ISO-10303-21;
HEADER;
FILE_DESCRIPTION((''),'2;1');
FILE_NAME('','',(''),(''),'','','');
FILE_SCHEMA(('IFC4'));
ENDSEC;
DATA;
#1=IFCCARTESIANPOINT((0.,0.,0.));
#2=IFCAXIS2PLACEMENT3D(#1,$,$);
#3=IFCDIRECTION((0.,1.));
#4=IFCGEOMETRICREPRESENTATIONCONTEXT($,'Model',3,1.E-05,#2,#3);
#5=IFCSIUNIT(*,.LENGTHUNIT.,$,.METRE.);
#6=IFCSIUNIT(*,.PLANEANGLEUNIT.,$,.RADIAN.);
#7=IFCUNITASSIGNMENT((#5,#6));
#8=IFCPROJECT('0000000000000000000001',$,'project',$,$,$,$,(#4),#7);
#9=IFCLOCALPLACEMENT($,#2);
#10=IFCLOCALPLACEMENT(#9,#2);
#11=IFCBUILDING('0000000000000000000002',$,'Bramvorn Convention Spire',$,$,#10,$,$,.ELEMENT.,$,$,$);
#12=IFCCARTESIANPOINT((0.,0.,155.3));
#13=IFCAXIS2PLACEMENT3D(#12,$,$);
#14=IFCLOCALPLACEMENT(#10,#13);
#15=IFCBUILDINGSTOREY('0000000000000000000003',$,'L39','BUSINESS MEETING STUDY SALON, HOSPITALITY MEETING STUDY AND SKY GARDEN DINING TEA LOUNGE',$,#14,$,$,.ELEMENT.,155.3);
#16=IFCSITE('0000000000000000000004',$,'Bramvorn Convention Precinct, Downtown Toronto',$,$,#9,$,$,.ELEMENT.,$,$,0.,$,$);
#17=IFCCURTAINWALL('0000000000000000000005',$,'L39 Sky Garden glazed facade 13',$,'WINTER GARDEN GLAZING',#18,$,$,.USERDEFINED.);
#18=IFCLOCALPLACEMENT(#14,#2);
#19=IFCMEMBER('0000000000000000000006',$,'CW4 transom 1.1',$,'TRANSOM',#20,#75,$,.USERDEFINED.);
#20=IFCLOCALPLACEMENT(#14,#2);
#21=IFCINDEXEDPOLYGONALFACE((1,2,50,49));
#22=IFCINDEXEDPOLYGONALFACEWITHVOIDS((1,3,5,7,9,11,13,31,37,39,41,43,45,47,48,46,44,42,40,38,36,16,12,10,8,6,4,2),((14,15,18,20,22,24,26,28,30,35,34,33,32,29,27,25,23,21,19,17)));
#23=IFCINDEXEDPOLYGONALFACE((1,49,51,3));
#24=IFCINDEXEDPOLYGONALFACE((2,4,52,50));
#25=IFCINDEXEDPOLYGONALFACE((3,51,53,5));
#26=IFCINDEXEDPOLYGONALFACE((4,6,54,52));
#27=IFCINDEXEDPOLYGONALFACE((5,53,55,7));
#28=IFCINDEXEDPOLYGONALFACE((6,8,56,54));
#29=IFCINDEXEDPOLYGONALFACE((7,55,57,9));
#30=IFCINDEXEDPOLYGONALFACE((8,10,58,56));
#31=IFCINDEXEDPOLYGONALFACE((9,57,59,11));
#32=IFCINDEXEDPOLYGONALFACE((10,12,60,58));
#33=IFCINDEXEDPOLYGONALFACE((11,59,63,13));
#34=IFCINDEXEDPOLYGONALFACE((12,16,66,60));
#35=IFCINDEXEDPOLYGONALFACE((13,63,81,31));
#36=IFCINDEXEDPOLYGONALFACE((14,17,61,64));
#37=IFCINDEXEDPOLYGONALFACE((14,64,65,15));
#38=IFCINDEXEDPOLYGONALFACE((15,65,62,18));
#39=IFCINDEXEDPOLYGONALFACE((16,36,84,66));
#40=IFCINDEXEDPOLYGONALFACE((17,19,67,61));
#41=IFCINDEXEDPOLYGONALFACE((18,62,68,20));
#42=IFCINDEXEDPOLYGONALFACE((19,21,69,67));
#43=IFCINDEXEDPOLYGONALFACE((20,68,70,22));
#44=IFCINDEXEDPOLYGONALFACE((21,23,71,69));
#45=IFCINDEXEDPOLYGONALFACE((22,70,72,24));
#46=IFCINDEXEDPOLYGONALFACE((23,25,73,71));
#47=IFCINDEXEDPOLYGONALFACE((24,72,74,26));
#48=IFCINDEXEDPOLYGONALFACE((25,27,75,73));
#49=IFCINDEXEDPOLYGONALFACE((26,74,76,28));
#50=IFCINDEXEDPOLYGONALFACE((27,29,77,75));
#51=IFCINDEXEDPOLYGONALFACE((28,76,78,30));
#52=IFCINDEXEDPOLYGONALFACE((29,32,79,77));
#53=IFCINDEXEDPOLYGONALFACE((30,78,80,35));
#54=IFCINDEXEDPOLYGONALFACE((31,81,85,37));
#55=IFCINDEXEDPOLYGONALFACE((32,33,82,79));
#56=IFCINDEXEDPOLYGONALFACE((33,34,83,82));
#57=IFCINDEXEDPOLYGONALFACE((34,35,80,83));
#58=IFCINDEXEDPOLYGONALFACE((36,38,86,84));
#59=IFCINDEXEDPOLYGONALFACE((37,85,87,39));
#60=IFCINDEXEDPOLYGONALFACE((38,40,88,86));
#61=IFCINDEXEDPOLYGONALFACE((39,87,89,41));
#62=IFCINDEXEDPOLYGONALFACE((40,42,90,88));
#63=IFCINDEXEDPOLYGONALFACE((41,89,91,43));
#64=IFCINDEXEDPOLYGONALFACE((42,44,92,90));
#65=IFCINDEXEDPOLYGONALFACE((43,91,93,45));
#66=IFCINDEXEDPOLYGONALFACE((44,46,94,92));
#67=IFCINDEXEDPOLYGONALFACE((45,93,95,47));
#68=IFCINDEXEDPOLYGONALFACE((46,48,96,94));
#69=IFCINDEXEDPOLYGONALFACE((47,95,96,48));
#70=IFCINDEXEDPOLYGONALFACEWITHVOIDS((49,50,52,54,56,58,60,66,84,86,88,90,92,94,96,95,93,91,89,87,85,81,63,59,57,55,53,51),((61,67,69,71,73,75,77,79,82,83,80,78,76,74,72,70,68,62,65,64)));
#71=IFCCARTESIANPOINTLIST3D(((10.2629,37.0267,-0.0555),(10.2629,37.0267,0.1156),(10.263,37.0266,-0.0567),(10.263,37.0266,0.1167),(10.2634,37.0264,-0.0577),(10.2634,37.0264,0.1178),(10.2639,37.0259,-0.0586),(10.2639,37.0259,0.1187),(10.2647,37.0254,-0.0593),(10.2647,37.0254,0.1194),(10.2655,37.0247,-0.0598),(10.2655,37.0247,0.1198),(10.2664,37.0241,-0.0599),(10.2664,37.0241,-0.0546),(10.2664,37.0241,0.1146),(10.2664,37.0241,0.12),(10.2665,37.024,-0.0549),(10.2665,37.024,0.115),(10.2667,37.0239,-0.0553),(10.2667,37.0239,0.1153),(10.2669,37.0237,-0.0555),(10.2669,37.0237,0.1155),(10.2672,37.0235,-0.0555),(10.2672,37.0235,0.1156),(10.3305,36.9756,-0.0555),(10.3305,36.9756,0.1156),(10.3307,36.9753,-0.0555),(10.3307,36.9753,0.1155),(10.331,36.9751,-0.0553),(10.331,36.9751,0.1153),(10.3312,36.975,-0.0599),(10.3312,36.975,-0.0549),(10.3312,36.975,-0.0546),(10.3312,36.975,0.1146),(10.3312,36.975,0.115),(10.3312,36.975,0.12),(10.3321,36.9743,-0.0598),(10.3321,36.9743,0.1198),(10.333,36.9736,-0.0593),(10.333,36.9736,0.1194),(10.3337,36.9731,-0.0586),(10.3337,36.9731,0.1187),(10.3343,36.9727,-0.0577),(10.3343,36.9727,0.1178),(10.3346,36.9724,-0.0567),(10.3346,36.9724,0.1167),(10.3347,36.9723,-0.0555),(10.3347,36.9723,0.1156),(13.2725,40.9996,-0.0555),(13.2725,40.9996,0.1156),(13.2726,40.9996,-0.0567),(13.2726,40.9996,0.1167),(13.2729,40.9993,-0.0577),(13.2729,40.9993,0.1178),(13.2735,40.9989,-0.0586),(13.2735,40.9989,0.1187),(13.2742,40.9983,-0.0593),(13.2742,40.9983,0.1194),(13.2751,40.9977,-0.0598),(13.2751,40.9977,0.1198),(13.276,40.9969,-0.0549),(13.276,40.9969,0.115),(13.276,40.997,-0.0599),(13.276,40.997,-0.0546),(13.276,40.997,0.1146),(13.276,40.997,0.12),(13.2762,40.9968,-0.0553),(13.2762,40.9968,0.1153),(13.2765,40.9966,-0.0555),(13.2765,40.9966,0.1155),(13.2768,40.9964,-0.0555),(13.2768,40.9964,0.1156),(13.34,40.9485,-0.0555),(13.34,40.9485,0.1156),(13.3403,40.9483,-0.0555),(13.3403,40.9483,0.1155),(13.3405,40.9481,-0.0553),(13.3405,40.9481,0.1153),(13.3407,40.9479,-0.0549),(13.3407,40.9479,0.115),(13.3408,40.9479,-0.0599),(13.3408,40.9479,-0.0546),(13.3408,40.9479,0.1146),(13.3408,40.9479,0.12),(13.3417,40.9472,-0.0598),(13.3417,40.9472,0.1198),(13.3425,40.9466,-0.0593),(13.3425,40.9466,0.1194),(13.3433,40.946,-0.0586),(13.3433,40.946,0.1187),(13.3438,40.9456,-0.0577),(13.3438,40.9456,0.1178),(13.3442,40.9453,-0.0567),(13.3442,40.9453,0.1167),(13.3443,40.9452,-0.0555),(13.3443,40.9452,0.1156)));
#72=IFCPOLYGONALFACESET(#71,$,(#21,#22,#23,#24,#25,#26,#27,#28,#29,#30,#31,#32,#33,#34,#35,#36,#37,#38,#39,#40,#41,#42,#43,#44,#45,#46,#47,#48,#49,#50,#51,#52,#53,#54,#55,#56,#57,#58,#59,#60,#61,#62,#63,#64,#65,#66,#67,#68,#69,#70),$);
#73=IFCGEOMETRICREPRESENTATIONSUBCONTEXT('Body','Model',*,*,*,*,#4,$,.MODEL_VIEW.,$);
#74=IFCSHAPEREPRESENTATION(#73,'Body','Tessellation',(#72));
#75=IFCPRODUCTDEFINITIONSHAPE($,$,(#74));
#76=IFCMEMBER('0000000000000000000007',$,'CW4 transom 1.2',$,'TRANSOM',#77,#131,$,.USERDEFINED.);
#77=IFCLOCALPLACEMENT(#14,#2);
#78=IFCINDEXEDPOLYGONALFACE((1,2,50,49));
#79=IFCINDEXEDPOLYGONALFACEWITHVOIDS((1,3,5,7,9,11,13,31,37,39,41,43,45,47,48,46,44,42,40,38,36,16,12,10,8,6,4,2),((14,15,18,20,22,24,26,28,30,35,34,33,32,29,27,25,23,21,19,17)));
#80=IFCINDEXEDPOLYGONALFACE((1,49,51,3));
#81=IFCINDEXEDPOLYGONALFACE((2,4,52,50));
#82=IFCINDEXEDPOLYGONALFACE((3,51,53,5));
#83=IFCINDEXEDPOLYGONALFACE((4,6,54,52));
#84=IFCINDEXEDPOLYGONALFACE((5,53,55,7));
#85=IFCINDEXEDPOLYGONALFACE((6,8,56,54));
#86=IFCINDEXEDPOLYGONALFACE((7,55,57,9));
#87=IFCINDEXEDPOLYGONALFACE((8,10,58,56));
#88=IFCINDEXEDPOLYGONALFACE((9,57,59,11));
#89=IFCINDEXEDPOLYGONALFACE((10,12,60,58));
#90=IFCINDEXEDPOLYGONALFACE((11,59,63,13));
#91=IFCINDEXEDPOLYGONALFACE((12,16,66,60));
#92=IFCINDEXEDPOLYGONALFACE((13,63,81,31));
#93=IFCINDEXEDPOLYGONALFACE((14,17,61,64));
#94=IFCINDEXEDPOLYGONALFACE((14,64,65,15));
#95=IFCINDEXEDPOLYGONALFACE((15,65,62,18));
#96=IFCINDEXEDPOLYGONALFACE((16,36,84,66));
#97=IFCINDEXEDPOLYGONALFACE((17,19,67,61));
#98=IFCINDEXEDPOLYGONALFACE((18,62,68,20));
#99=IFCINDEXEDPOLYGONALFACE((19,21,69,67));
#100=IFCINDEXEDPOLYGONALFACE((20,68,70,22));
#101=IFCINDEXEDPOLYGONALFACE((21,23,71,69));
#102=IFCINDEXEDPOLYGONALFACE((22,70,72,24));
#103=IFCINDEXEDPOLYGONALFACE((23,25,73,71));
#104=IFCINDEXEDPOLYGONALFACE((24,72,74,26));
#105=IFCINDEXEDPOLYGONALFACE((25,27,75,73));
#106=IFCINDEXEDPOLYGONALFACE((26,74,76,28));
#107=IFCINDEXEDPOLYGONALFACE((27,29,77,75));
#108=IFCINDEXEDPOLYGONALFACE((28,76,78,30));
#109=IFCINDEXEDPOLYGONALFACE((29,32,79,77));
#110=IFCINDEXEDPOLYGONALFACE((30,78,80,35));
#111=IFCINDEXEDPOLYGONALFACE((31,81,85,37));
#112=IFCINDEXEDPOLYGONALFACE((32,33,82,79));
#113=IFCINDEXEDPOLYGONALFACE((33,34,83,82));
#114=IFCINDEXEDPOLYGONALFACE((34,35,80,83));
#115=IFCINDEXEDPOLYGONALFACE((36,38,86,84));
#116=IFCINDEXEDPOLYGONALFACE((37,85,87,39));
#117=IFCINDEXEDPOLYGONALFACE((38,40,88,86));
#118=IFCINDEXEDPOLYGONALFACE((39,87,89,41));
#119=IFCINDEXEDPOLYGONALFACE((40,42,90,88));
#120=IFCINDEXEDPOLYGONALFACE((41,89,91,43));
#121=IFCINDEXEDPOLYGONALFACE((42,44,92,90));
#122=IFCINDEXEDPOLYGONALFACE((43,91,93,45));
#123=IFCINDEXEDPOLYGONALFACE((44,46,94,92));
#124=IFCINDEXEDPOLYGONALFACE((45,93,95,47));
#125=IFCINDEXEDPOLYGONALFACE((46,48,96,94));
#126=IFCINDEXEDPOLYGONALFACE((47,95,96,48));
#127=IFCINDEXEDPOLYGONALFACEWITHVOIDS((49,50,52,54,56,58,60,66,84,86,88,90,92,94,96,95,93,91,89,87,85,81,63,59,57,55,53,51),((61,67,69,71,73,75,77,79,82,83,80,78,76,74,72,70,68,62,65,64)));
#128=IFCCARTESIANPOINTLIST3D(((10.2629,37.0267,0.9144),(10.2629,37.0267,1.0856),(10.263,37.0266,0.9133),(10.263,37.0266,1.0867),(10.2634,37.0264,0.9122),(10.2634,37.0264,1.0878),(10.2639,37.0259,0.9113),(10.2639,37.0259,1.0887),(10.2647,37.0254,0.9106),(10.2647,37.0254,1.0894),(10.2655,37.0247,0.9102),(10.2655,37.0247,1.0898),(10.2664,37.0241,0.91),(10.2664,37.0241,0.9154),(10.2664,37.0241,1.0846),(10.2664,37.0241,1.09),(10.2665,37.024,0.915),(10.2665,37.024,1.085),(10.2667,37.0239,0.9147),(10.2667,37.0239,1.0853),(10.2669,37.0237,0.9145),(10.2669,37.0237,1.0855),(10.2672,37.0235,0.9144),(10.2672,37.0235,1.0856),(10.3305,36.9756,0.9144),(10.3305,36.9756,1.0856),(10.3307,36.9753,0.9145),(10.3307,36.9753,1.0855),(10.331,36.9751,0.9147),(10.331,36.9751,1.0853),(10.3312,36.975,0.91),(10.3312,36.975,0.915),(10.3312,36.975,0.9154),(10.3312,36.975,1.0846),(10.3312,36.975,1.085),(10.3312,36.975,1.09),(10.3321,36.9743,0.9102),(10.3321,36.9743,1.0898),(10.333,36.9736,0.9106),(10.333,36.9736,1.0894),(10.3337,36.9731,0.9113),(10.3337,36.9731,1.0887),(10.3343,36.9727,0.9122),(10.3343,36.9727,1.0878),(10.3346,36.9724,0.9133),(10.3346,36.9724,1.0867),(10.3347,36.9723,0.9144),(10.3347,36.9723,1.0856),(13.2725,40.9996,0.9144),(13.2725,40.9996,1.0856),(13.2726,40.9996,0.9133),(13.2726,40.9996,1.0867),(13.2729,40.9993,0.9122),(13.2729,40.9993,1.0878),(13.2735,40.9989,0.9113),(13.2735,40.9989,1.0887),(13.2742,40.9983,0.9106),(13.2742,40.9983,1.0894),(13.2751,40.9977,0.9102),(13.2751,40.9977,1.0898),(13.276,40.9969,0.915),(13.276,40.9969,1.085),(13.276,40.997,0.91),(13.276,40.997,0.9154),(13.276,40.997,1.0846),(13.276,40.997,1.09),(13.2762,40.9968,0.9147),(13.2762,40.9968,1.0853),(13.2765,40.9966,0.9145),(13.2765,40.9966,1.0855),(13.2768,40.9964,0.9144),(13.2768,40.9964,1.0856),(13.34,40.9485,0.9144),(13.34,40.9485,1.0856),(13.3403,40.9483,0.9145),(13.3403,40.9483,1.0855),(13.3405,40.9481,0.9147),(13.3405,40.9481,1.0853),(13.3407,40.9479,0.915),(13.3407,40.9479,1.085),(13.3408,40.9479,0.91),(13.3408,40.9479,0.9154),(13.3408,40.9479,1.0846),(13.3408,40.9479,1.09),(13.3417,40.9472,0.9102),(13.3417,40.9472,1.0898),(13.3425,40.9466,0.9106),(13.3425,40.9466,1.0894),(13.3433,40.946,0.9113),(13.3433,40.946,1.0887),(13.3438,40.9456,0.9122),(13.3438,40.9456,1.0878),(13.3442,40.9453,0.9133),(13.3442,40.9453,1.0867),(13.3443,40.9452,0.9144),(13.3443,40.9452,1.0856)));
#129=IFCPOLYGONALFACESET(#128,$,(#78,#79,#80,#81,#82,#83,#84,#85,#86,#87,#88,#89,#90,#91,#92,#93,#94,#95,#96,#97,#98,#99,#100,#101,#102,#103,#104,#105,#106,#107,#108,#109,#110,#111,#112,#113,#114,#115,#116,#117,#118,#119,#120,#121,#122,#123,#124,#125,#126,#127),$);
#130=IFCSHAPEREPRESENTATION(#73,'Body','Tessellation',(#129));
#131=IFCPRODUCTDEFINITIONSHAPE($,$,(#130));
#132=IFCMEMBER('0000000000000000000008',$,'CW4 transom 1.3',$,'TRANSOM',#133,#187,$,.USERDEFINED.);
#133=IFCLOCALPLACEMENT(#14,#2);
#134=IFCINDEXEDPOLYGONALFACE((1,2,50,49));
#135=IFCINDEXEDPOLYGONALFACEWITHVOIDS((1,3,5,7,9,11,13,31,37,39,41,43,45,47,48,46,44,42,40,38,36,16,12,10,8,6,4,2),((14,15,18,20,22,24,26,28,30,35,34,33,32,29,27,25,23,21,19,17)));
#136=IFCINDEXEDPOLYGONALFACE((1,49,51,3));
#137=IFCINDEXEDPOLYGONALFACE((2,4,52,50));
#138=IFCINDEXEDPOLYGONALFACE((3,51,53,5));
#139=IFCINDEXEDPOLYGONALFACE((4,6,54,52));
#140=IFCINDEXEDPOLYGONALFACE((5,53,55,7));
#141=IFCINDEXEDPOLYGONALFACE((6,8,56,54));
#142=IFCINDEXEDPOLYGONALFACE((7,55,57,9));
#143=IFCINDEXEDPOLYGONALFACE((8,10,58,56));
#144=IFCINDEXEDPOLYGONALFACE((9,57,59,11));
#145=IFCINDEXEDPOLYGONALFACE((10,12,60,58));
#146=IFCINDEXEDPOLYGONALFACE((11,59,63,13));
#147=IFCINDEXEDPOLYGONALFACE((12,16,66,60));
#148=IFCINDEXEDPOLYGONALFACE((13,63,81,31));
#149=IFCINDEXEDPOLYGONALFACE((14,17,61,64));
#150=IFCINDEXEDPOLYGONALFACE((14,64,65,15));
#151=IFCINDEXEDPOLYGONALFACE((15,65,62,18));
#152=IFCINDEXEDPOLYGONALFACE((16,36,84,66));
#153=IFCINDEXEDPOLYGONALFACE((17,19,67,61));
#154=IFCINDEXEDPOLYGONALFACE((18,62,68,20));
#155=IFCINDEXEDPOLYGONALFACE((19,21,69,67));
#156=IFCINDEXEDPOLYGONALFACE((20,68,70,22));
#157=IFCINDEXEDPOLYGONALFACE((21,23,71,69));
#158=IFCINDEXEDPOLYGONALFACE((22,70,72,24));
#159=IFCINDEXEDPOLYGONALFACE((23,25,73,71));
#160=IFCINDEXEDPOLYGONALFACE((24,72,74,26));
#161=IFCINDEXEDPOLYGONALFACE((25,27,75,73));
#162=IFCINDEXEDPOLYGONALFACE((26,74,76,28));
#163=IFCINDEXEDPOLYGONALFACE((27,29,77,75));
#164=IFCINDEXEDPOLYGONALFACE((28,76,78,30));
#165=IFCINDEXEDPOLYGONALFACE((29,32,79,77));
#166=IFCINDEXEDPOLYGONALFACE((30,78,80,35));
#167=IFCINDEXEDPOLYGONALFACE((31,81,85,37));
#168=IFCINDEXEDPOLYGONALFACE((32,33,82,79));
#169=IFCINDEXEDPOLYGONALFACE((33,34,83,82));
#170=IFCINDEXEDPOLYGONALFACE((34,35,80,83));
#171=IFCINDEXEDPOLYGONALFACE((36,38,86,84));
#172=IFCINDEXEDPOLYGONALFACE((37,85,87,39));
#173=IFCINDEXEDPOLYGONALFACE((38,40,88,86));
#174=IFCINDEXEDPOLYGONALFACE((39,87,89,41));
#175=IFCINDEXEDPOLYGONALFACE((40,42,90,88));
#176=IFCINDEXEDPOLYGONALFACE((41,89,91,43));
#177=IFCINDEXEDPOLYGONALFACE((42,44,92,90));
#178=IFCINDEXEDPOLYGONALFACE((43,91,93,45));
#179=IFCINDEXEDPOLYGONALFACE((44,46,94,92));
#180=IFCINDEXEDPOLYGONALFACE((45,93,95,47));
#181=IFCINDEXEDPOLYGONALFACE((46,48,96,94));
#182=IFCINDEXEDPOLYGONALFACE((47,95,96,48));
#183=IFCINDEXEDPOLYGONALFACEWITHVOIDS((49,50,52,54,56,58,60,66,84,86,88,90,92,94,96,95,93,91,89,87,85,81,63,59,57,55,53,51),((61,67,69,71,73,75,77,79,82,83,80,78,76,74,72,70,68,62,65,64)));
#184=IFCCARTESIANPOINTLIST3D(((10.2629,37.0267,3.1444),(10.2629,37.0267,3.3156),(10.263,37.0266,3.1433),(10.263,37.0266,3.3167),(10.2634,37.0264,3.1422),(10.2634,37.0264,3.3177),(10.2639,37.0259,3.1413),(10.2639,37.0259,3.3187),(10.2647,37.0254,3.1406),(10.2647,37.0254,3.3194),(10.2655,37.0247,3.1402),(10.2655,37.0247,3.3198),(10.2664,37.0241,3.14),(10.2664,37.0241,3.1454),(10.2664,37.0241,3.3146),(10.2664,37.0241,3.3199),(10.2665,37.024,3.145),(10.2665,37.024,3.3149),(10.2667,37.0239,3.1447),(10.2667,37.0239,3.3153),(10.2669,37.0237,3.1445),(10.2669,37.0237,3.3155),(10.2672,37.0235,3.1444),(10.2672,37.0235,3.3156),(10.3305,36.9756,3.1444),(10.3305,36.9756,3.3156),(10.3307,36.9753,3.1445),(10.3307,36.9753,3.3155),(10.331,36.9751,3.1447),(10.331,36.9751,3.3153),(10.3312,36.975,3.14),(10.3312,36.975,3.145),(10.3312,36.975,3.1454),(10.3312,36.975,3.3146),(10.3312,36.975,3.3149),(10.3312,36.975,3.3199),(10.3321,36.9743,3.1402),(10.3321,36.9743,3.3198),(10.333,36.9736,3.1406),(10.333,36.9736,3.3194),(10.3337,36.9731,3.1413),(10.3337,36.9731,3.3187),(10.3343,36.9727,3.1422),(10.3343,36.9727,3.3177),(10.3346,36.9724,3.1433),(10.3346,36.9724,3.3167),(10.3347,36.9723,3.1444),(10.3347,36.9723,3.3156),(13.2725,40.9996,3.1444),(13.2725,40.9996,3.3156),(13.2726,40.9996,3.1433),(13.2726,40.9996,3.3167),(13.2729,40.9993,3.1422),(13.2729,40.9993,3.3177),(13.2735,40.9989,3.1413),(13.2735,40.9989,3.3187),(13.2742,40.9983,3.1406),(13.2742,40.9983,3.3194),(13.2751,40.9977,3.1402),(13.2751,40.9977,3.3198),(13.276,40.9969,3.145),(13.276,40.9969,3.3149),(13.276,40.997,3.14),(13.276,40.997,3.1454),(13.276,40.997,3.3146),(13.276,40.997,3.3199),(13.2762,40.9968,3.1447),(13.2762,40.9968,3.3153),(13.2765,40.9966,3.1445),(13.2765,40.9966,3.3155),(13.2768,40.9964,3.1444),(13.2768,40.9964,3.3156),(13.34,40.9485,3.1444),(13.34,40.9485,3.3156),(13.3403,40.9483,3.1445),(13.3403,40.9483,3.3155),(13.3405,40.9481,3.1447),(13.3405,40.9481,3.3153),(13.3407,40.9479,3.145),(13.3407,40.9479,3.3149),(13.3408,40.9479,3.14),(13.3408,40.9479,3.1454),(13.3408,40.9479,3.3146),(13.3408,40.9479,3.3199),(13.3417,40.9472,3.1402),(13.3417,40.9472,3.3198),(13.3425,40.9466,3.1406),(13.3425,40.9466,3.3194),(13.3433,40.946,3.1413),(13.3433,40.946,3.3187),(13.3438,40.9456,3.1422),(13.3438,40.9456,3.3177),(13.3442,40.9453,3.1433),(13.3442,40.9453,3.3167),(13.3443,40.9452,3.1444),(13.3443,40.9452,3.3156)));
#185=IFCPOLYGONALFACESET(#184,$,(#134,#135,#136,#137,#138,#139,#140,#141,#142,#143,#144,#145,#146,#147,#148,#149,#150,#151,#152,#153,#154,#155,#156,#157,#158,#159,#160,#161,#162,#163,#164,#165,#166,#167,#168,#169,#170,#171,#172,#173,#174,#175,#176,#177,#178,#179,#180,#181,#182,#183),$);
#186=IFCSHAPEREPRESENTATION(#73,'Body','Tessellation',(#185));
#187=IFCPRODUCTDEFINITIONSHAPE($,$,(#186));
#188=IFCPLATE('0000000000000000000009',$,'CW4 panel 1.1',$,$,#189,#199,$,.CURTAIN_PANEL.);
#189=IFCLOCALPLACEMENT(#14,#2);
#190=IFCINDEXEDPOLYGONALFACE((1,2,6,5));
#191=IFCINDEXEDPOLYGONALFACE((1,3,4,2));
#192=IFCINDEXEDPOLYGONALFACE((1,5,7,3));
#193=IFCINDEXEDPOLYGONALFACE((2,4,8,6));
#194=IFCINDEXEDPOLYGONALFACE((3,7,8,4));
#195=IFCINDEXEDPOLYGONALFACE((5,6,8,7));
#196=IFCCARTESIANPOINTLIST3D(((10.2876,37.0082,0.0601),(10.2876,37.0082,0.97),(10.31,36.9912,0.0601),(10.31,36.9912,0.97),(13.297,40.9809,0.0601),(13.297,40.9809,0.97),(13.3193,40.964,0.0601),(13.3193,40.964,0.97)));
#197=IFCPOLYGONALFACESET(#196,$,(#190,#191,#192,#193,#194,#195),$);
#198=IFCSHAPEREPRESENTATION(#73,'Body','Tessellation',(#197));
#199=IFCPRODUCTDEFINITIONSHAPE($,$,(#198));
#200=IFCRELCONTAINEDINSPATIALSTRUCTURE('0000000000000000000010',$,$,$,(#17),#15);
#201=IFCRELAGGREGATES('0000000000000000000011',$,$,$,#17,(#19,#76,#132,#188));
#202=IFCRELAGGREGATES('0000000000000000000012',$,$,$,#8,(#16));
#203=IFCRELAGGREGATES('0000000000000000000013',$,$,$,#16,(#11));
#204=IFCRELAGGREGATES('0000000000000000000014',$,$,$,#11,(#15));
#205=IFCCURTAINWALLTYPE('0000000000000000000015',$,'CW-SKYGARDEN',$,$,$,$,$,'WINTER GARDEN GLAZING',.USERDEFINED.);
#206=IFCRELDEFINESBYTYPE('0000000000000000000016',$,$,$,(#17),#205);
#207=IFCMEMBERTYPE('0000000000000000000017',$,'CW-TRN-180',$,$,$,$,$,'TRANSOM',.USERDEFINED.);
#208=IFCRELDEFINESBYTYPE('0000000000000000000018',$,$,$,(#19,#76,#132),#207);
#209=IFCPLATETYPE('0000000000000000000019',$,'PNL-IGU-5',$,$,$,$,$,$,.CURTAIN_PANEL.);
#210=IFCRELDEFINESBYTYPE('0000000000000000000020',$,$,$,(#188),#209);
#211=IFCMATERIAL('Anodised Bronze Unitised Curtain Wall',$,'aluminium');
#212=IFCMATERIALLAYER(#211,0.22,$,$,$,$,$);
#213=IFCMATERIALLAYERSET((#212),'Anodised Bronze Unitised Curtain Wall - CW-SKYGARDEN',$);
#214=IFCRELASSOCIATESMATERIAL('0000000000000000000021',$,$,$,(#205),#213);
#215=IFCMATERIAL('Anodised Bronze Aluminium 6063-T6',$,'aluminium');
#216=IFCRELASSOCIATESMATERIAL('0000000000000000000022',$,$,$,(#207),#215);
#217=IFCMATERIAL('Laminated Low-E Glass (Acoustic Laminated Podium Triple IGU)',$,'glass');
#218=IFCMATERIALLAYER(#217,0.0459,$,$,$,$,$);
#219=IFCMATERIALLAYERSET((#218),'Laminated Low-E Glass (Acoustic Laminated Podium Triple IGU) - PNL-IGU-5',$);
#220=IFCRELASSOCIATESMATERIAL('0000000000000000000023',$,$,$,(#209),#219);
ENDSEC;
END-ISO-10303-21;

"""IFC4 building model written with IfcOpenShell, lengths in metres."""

from ifc_helpers import new_model, si_unit, direction, frame, origin, origin_2d, place, context, subcontext, project, spatial, rectangle, hollow_rectangle, extrude, material, layer, layer_set, material_profile, profile_set, type_object, element, aggregate, save


model = new_model("IFC4")

# Units and contexts
model_context = context("Model", 3, precision=1e-05, world=origin(), true_north=direction((0.0, 1.0)))
body_context = subcontext(model_context, "Body", "Model", "MODEL_VIEW")
ifc_project = project(units=[si_unit("LENGTHUNIT", "METRE"), si_unit("PLANEANGLEUNIT", "RADIAN")], contexts=[model_context])

# Site, building, storey
site_placement = place(None, origin())
site = spatial("IfcSite", under=ifc_project, at=site_placement, Name="Bramvorn Convention Precinct, Downtown Toronto", CompositionType="ELEMENT", RefElevation=0.0)
building_placement = place(site_placement, origin())
building = spatial("IfcBuilding", under=site, at=building_placement, Name="Bramvorn Convention Spire", CompositionType="ELEMENT")
storey_placement = place(building_placement, frame((0.0, 0.0, 155.3)))
storey = spatial("IfcBuildingStorey", under=building, at=storey_placement, Name="L39", Description="BUSINESS MEETING STUDY SALON, HOSPITALITY MEETING STUDY AND SKY GARDEN DINING TEA LOUNGE", CompositionType="ELEMENT", Elevation=155.3)

# Curtain wall
ifc_material_1 = material(Name="Anodised Bronze Unitised Curtain Wall", Category="aluminium")
ifc_layer_1 = layer(ifc_material_1, 0.22)
ifc_layer_set_1 = layer_set([ifc_layer_1], Name="Anodised Bronze Unitised Curtain Wall - CW-SKYGARDEN")
curtain_wall_type = type_object("IfcCurtainWallType", Name="CW-SKYGARDEN", ElementType="WINTER GARDEN GLAZING", PredefinedType="USERDEFINED", material=ifc_layer_set_1)
curtain_wall_1_placement = place(storey_placement, origin())
curtain_wall_1 = element("IfcCurtainWall", 1, at=curtain_wall_1_placement, inside=storey, type_object=curtain_wall_type, Name="L39 Sky Garden glazed facade 13", ObjectType="WINTER GARDEN GLAZING", PredefinedType="USERDEFINED")
ifc_material_2 = material(Name="Anodised Bronze Aluminium 6063-T6", Category="aluminium")

# Members
ifc_material_profile_1 = material_profile(ifc_material_2, hollow_rectangle(XDim=0.0901, YDim=0.1799, WallThickness=0.0044, InnerFilletRadius=0.001, OuterFilletRadius=0.0044, at=origin_2d()))
ifc_profile_set_1 = profile_set([ifc_material_profile_1], Name="Anodised Bronze Aluminium 6063-T6 - CWT90X180")
member_type_1 = type_object("IfcMemberType", Name="CW-TRN-180", ElementType="TRANSOM", PredefinedType="USERDEFINED", material=ifc_profile_set_1)
member_1_placement = place(storey_placement, frame((10.2988, 36.9995, 0.03), z_axis=(0.603826, 0.797116, 0.0), x_axis=(-0.797116, 0.603826, 0.0)))
member_1 = element("IfcMember", 2, at=member_1_placement, type_object=member_type_1, Name="CW4 transom 1.1", ObjectType="TRANSOM", PredefinedType="USERDEFINED", context=body_context, shape_type="SweptSolid", body=[
    extrude(hollow_rectangle(XDim=0.0901, YDim=0.1799, WallThickness=0.0044, InnerFilletRadius=0.001, OuterFilletRadius=0.0044, at=origin_2d()), origin(), (0.0, 0.0, 1.0), 4.9841),
])
member_2_placement = place(storey_placement, frame((10.2988, 36.9995, 1.0), z_axis=(0.603826, 0.797116, 0.0), x_axis=(-0.797116, 0.603826, 0.0)))
member_2 = element("IfcMember", 3, at=member_2_placement, type_object=member_type_1, Name="CW4 transom 1.2", ObjectType="TRANSOM", PredefinedType="USERDEFINED", context=body_context, shape_type="SweptSolid", body=[
    extrude(hollow_rectangle(XDim=0.0901, YDim=0.1799, WallThickness=0.0044, InnerFilletRadius=0.001, OuterFilletRadius=0.0044, at=origin_2d()), origin(), (0.0, 0.0, 1.0), 4.9841),
])
member_3_placement = place(storey_placement, frame((10.2988, 36.9995, 3.23), z_axis=(0.603826, 0.797116, 0.0), x_axis=(-0.797116, 0.603826, 0.0)))
member_3 = element("IfcMember", 4, at=member_3_placement, type_object=member_type_1, Name="CW4 transom 1.3", ObjectType="TRANSOM", PredefinedType="USERDEFINED", context=body_context, shape_type="SweptSolid", body=[
    extrude(hollow_rectangle(XDim=0.0901, YDim=0.1799, WallThickness=0.0044, InnerFilletRadius=0.001, OuterFilletRadius=0.0044, at=origin_2d()), origin(), (0.0, 0.0, 1.0), 4.9841),
])

# Plate
ifc_material_3 = material(Name="Laminated Low-E Glass (Acoustic Laminated Podium Triple IGU)", Category="glass")
ifc_layer_2 = layer(ifc_material_3, 0.0459)
ifc_layer_set_2 = layer_set([ifc_layer_2], Name="Laminated Low-E Glass (Acoustic Laminated Podium Triple IGU) - PNL-IGU-5")
plate_type = type_object("IfcPlateType", Name="PNL-IGU-5", PredefinedType="CURTAIN_PANEL", material=ifc_layer_set_2)
plate_1_placement = place(storey_placement, frame((11.8035, 38.9861, 0.0601), z_axis=(0.0, 0.0, 1.0), x_axis=(0.603821, 0.79712, 0.0)))
plate_1 = element("IfcPlate", 5, at=plate_1_placement, type_object=plate_type, Name="CW4 panel 1.1", PredefinedType="CURTAIN_PANEL", context=body_context, shape_type="SweptSolid", body=[
    extrude(rectangle(XDim=4.9839, YDim=0.0281, at=origin_2d()), origin(), (0.0, 0.0, 1.0), 0.9099),
])
aggregate(curtain_wall_1, [member_1, member_2, member_3, plate_1])

save(model, "model.ifc")
